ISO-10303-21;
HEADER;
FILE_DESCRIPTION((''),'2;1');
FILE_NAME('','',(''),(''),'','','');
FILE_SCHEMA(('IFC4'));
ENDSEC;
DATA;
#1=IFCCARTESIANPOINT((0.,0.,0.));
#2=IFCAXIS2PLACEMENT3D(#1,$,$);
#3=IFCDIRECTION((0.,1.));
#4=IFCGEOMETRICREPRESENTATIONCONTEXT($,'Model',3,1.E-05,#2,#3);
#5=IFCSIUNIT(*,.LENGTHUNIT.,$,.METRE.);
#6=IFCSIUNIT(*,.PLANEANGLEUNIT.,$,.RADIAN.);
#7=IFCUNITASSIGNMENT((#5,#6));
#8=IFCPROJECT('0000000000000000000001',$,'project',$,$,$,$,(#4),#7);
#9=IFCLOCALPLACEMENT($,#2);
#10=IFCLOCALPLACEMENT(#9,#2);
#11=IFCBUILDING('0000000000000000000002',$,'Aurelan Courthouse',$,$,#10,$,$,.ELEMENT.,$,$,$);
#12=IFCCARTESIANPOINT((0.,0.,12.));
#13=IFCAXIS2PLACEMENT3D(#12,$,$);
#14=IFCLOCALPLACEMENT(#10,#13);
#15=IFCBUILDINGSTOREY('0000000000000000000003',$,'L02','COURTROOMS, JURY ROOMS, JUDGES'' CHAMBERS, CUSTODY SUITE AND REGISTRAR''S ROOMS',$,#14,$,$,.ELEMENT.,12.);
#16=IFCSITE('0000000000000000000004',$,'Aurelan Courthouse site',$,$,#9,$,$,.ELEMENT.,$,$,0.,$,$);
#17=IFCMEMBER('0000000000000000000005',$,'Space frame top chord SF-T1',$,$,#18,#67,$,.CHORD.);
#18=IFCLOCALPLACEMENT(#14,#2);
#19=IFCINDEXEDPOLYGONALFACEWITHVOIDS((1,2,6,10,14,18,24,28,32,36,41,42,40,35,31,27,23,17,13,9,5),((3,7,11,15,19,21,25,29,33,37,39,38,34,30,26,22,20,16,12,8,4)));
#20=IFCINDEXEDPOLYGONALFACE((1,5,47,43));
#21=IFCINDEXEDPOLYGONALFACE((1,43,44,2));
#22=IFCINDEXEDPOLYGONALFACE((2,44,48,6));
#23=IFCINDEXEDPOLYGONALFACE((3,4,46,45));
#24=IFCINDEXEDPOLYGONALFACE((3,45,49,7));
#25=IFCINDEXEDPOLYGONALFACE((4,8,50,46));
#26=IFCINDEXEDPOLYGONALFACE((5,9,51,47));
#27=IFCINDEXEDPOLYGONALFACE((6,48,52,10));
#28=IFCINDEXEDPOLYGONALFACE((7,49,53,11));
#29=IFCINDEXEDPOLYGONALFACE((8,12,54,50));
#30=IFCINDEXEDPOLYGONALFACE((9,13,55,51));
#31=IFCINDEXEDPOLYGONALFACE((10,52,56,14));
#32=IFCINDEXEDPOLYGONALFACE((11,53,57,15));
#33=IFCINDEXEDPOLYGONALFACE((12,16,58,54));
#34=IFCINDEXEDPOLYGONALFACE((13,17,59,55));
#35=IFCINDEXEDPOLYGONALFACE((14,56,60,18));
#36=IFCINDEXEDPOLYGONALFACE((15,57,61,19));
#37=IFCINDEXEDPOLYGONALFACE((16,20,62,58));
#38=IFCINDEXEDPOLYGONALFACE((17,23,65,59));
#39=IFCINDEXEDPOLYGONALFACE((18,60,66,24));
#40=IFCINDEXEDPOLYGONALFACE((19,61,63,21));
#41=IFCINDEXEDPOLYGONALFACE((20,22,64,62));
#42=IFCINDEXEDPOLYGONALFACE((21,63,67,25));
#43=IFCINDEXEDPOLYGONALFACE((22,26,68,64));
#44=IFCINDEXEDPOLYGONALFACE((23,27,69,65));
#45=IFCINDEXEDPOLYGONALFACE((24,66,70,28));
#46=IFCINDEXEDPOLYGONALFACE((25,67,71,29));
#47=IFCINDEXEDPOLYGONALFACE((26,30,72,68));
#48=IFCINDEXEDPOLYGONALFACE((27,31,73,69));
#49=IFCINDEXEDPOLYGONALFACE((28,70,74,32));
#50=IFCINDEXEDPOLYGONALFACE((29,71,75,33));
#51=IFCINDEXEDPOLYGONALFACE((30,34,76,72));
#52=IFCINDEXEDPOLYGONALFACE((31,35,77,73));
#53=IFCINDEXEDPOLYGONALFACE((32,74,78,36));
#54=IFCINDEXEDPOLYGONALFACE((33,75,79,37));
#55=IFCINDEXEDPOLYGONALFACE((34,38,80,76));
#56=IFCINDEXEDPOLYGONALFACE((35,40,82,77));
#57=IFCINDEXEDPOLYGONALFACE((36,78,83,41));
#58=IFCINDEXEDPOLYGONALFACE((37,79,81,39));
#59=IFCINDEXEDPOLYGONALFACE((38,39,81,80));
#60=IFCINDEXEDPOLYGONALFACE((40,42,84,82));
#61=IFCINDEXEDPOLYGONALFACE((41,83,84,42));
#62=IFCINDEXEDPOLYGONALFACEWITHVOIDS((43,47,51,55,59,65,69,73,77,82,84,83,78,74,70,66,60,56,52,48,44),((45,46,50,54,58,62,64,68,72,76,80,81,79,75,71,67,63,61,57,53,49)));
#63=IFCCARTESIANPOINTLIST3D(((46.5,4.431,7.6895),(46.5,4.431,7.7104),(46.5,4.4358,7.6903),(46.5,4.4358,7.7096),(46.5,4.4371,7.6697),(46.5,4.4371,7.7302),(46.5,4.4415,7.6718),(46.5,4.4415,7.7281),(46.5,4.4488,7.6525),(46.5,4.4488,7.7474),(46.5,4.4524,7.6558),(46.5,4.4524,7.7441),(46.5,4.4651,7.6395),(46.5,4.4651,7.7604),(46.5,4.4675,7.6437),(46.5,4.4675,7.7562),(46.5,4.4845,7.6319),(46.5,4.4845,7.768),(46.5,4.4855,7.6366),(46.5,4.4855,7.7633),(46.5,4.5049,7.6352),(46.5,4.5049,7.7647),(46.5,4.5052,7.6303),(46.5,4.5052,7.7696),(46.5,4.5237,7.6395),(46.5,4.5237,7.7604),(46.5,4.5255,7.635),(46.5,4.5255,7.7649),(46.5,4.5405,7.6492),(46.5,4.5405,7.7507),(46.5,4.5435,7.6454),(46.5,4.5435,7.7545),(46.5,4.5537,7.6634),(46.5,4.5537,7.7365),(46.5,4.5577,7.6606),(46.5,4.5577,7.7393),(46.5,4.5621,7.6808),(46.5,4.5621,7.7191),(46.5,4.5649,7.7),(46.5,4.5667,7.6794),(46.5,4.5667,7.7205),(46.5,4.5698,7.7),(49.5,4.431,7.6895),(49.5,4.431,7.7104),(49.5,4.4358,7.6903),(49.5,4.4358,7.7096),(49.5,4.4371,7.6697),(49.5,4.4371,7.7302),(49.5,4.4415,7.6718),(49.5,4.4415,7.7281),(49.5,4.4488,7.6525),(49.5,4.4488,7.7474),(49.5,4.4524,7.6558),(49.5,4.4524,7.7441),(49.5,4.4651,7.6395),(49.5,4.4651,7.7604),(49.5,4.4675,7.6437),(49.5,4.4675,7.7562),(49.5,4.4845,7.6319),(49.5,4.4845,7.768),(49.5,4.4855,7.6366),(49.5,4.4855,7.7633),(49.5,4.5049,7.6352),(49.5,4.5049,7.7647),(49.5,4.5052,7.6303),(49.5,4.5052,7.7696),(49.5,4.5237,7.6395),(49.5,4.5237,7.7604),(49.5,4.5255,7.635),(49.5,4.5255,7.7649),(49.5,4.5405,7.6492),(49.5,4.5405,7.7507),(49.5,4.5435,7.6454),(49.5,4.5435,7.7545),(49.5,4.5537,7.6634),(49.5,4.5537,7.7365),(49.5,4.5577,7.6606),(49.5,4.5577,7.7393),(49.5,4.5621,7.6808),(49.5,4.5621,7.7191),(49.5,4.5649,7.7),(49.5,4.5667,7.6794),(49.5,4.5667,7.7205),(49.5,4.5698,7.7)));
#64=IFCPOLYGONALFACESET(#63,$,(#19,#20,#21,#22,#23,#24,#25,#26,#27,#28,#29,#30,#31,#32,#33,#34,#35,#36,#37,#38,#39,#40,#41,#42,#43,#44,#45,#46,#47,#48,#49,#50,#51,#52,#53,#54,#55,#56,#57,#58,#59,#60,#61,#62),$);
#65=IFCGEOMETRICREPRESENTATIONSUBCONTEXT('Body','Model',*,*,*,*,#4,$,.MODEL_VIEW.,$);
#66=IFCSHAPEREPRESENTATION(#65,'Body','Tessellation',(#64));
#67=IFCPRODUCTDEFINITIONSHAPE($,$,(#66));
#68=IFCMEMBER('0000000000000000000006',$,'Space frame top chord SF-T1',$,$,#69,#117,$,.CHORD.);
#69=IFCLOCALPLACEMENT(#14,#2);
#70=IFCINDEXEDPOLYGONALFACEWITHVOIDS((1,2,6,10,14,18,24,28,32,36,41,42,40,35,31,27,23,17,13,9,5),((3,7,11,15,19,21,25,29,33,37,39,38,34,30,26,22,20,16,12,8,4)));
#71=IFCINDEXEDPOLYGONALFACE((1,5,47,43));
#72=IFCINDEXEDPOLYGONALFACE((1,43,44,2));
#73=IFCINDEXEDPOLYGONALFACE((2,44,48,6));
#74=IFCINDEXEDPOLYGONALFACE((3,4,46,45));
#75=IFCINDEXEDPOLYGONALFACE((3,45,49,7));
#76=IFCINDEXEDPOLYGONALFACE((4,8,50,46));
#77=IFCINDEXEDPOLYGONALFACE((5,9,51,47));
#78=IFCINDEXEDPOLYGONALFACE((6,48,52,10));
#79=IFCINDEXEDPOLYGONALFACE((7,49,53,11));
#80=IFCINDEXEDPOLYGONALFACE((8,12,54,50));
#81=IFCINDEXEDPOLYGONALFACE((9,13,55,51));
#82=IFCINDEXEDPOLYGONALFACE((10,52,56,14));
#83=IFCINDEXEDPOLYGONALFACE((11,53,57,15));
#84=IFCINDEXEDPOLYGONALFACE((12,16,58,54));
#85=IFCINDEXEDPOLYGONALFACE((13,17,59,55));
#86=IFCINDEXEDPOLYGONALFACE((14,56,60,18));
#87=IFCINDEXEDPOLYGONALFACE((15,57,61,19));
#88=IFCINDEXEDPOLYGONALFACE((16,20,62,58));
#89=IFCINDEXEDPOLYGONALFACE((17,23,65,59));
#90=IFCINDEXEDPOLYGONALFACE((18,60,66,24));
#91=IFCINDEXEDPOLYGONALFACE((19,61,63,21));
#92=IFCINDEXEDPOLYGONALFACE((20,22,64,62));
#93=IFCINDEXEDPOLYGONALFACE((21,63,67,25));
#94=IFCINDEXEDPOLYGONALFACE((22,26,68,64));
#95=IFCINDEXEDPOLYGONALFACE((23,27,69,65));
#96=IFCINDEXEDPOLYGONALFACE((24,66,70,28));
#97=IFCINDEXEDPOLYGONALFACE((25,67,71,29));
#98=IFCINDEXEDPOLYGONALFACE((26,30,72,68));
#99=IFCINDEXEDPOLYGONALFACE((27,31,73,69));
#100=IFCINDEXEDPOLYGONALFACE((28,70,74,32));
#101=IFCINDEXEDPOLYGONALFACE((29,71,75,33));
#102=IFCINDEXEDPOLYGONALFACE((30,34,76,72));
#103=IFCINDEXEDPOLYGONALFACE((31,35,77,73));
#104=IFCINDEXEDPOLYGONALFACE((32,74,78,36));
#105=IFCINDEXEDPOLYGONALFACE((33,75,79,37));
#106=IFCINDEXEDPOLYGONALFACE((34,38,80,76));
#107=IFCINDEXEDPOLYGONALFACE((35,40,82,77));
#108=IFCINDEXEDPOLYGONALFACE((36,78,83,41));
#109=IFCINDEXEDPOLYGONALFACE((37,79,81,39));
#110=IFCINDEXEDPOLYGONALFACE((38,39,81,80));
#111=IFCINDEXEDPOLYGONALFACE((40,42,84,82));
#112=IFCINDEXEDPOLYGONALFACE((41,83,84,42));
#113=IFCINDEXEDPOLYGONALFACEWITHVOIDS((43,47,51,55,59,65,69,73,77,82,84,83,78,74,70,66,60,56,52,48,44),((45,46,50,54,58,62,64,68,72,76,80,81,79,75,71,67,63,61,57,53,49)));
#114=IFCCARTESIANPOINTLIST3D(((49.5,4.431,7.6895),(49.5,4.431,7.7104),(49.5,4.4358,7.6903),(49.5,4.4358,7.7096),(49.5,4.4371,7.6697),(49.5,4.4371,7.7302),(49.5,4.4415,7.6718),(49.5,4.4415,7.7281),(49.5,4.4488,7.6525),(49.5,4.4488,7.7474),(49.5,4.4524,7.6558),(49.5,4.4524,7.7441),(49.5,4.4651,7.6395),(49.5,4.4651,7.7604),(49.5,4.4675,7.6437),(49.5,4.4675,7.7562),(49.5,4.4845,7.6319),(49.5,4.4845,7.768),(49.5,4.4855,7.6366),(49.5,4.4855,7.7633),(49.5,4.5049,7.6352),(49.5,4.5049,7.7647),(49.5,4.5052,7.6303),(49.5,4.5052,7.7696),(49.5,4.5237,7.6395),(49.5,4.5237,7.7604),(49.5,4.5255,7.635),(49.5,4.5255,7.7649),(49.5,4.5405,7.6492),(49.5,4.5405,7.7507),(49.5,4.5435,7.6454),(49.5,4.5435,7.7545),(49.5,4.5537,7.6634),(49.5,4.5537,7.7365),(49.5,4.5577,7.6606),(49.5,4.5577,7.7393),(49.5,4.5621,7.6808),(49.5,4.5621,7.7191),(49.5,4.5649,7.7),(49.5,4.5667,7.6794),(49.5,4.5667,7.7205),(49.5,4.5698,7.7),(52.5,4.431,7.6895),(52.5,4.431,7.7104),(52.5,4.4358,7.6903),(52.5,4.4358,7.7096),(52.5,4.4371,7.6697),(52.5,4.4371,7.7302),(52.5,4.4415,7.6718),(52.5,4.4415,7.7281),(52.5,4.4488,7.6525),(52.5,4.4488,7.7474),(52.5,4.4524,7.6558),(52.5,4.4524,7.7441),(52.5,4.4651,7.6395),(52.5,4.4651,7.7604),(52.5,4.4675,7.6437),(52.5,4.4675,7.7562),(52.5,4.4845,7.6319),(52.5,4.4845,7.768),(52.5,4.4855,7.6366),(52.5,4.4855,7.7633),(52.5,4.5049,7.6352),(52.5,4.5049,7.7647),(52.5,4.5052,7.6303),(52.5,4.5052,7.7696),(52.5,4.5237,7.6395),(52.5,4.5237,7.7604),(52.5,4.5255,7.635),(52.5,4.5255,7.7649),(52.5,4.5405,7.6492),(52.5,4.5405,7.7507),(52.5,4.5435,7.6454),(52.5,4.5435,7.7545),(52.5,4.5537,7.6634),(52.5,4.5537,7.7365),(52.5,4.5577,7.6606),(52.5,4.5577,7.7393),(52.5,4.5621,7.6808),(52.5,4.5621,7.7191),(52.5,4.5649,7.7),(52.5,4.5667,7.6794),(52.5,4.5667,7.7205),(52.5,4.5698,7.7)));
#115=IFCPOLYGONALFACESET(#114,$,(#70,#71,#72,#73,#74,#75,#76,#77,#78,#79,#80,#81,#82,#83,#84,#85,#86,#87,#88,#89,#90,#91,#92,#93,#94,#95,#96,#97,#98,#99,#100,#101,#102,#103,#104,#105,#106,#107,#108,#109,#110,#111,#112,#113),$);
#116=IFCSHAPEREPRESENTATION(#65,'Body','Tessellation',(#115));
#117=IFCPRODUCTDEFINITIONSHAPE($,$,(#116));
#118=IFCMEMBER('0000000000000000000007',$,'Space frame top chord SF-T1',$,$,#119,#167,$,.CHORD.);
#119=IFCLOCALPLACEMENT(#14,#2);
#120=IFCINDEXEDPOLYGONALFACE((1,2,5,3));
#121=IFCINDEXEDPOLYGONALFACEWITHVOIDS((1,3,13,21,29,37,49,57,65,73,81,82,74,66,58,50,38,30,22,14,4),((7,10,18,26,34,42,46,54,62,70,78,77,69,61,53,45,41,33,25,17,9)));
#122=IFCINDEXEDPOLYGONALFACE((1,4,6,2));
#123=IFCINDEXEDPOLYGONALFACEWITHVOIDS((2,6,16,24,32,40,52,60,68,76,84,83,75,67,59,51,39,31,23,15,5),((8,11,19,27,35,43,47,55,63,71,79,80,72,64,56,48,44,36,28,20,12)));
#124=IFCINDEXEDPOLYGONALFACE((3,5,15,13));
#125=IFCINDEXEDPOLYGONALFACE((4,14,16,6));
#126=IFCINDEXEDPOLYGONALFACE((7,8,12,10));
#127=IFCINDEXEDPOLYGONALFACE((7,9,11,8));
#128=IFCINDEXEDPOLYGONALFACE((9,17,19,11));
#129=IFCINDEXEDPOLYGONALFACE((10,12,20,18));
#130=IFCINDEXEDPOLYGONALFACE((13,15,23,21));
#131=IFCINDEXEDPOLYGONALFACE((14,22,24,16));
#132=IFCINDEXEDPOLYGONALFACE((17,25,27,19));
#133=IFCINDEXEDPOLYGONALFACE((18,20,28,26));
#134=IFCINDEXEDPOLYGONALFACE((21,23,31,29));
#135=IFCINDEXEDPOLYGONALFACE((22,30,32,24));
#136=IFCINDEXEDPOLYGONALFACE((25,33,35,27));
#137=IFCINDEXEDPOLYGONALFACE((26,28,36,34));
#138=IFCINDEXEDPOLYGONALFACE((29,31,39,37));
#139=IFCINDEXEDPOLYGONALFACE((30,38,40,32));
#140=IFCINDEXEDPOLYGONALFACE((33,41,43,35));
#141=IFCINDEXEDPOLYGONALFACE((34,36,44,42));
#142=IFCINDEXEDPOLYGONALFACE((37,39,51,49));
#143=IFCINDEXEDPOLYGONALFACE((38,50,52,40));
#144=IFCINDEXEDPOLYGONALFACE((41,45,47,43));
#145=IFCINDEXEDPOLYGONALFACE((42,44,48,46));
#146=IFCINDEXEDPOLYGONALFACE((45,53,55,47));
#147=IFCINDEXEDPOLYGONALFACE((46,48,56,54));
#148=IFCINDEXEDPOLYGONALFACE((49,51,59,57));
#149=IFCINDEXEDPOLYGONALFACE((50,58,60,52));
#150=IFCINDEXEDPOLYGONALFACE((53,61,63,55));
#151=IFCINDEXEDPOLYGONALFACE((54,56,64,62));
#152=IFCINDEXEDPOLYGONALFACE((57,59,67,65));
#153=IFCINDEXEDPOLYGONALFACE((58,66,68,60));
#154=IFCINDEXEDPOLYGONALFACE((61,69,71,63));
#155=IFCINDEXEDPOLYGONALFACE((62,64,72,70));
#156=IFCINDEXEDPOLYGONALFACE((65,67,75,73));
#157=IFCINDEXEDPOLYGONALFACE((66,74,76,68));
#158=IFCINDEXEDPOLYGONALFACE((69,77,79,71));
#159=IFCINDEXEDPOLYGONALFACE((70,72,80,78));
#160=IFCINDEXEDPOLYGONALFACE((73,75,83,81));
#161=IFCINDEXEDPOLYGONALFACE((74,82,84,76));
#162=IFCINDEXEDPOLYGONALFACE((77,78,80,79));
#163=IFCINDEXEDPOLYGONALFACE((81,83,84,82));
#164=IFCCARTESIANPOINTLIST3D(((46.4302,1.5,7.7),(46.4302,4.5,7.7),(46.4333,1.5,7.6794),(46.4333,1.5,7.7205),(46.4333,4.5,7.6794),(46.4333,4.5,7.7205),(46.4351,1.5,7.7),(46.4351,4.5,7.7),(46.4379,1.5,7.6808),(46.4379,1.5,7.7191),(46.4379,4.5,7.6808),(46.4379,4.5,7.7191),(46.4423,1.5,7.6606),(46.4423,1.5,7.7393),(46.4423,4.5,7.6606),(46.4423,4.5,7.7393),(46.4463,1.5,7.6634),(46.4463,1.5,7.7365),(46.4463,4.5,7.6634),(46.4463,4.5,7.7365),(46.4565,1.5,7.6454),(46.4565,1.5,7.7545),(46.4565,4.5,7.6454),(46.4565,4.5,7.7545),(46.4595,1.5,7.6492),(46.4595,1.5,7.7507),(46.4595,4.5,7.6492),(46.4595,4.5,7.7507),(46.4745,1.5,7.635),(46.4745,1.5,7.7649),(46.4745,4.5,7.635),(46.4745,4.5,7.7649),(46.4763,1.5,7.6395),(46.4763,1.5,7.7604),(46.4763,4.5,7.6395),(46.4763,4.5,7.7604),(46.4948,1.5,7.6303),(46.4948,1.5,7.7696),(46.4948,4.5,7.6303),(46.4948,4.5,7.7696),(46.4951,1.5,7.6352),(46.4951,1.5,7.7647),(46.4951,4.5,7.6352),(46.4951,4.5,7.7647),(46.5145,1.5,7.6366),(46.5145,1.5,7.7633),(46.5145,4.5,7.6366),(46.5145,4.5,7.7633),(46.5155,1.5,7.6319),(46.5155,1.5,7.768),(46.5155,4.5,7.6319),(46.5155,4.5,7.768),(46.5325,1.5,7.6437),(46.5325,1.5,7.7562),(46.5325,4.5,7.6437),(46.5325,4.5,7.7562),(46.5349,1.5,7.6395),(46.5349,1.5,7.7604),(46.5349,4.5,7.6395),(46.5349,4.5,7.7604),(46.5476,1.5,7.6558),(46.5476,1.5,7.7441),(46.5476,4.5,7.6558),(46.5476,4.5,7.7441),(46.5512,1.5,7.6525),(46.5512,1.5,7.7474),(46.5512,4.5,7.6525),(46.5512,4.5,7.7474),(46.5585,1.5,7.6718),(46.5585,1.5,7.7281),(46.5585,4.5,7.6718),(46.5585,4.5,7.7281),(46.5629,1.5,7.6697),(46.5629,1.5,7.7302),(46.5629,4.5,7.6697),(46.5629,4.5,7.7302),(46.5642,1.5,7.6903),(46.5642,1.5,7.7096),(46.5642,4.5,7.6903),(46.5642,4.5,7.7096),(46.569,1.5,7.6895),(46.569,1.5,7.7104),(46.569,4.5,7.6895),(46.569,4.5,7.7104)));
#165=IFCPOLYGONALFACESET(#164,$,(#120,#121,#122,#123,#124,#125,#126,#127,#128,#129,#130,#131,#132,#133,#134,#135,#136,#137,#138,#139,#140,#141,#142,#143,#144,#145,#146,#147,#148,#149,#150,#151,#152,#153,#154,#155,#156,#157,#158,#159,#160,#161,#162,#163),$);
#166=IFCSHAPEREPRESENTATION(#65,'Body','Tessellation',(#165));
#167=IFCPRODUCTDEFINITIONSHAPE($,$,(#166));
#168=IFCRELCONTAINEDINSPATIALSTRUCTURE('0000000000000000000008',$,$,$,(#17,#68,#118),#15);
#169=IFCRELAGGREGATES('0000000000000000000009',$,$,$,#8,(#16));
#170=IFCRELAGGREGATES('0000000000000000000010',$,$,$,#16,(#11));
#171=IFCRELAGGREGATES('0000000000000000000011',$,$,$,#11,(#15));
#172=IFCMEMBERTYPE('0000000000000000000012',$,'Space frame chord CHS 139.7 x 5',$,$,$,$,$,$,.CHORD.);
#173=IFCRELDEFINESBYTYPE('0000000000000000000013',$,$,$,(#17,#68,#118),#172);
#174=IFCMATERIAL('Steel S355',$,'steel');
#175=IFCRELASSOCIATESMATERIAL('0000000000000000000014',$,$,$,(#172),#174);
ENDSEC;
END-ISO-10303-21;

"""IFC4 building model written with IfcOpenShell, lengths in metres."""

from ifc_helpers import new_model, si_unit, direction, frame, origin, origin_2d, place, context, subcontext, project, spatial, hollow_circle, extrude, material, material_profile, profile_set, type_object, element, save


model = new_model("IFC4")

# Units and contexts
model_context = context("Model", 3, precision=1e-05, world=origin(), true_north=direction((0.0, 1.0)))
body_context = subcontext(model_context, "Body", "Model", "MODEL_VIEW")
ifc_project = project(units=[si_unit("LENGTHUNIT", "METRE"), si_unit("PLANEANGLEUNIT", "RADIAN")], contexts=[model_context])

# Site, building, storey
site_placement = place(None, origin())
site = spatial("IfcSite", under=ifc_project, at=site_placement, Name="Aurelan Courthouse site", CompositionType="ELEMENT", RefElevation=0.0)
building_placement = place(site_placement, origin())
building = spatial("IfcBuilding", under=site, at=building_placement, Name="Aurelan Courthouse", CompositionType="ELEMENT")
storey_placement = place(building_placement, frame((0.0, 0.0, 12.0)))
storey = spatial("IfcBuildingStorey", under=building, at=storey_placement, Name="L02", Description="COURTROOMS, JURY ROOMS, JUDGES' CHAMBERS, CUSTODY SUITE AND REGISTRAR'S ROOMS", CompositionType="ELEMENT", Elevation=12.0)

# Members
ifc_material_1 = material(Name="Steel S355", Category="steel")
ifc_material_profile_1 = material_profile(ifc_material_1, hollow_circle(Radius=0.0698, WallThickness=0.0049, at=origin_2d()), Name="CHS 139.7 x 5")
ifc_profile_set_1 = profile_set([ifc_material_profile_1], Name="Steel S355")
member_type_1 = type_object("IfcMemberType", Name="Space frame chord CHS 139.7 x 5", PredefinedType="CHORD", material=ifc_profile_set_1)
for number, where, z_axis, x_axis, name in (
    (1, (46.5, 4.5, 7.7), (1.0, 0.0, 0.0), (0.0, 1.0, 0.0), "Space frame top chord SF-T1"),
    (2, (49.5, 4.5, 7.7), (1.0, 0.0, 0.0), (0.0, 1.0, 0.0), "Space frame top chord SF-T1"),
    (3, (46.5, 1.5, 7.7), (0.0, 1.0, 0.0), (-1.0, 0.0, 0.0), "Space frame top chord SF-T1"),
):
    element("IfcMember", number, at=place(storey_placement, frame(where, z_axis=z_axis, x_axis=x_axis)), inside=storey, type_object=member_type_1, Name=name, PredefinedType="CHORD", context=body_context, shape_type="SweptSolid", body=[
        extrude(hollow_circle(Radius=0.0698, WallThickness=0.0049, at=origin_2d()), origin(), (0.0, 0.0, 1.0), 3.0),
    ])

save(model, "model.ifc")
